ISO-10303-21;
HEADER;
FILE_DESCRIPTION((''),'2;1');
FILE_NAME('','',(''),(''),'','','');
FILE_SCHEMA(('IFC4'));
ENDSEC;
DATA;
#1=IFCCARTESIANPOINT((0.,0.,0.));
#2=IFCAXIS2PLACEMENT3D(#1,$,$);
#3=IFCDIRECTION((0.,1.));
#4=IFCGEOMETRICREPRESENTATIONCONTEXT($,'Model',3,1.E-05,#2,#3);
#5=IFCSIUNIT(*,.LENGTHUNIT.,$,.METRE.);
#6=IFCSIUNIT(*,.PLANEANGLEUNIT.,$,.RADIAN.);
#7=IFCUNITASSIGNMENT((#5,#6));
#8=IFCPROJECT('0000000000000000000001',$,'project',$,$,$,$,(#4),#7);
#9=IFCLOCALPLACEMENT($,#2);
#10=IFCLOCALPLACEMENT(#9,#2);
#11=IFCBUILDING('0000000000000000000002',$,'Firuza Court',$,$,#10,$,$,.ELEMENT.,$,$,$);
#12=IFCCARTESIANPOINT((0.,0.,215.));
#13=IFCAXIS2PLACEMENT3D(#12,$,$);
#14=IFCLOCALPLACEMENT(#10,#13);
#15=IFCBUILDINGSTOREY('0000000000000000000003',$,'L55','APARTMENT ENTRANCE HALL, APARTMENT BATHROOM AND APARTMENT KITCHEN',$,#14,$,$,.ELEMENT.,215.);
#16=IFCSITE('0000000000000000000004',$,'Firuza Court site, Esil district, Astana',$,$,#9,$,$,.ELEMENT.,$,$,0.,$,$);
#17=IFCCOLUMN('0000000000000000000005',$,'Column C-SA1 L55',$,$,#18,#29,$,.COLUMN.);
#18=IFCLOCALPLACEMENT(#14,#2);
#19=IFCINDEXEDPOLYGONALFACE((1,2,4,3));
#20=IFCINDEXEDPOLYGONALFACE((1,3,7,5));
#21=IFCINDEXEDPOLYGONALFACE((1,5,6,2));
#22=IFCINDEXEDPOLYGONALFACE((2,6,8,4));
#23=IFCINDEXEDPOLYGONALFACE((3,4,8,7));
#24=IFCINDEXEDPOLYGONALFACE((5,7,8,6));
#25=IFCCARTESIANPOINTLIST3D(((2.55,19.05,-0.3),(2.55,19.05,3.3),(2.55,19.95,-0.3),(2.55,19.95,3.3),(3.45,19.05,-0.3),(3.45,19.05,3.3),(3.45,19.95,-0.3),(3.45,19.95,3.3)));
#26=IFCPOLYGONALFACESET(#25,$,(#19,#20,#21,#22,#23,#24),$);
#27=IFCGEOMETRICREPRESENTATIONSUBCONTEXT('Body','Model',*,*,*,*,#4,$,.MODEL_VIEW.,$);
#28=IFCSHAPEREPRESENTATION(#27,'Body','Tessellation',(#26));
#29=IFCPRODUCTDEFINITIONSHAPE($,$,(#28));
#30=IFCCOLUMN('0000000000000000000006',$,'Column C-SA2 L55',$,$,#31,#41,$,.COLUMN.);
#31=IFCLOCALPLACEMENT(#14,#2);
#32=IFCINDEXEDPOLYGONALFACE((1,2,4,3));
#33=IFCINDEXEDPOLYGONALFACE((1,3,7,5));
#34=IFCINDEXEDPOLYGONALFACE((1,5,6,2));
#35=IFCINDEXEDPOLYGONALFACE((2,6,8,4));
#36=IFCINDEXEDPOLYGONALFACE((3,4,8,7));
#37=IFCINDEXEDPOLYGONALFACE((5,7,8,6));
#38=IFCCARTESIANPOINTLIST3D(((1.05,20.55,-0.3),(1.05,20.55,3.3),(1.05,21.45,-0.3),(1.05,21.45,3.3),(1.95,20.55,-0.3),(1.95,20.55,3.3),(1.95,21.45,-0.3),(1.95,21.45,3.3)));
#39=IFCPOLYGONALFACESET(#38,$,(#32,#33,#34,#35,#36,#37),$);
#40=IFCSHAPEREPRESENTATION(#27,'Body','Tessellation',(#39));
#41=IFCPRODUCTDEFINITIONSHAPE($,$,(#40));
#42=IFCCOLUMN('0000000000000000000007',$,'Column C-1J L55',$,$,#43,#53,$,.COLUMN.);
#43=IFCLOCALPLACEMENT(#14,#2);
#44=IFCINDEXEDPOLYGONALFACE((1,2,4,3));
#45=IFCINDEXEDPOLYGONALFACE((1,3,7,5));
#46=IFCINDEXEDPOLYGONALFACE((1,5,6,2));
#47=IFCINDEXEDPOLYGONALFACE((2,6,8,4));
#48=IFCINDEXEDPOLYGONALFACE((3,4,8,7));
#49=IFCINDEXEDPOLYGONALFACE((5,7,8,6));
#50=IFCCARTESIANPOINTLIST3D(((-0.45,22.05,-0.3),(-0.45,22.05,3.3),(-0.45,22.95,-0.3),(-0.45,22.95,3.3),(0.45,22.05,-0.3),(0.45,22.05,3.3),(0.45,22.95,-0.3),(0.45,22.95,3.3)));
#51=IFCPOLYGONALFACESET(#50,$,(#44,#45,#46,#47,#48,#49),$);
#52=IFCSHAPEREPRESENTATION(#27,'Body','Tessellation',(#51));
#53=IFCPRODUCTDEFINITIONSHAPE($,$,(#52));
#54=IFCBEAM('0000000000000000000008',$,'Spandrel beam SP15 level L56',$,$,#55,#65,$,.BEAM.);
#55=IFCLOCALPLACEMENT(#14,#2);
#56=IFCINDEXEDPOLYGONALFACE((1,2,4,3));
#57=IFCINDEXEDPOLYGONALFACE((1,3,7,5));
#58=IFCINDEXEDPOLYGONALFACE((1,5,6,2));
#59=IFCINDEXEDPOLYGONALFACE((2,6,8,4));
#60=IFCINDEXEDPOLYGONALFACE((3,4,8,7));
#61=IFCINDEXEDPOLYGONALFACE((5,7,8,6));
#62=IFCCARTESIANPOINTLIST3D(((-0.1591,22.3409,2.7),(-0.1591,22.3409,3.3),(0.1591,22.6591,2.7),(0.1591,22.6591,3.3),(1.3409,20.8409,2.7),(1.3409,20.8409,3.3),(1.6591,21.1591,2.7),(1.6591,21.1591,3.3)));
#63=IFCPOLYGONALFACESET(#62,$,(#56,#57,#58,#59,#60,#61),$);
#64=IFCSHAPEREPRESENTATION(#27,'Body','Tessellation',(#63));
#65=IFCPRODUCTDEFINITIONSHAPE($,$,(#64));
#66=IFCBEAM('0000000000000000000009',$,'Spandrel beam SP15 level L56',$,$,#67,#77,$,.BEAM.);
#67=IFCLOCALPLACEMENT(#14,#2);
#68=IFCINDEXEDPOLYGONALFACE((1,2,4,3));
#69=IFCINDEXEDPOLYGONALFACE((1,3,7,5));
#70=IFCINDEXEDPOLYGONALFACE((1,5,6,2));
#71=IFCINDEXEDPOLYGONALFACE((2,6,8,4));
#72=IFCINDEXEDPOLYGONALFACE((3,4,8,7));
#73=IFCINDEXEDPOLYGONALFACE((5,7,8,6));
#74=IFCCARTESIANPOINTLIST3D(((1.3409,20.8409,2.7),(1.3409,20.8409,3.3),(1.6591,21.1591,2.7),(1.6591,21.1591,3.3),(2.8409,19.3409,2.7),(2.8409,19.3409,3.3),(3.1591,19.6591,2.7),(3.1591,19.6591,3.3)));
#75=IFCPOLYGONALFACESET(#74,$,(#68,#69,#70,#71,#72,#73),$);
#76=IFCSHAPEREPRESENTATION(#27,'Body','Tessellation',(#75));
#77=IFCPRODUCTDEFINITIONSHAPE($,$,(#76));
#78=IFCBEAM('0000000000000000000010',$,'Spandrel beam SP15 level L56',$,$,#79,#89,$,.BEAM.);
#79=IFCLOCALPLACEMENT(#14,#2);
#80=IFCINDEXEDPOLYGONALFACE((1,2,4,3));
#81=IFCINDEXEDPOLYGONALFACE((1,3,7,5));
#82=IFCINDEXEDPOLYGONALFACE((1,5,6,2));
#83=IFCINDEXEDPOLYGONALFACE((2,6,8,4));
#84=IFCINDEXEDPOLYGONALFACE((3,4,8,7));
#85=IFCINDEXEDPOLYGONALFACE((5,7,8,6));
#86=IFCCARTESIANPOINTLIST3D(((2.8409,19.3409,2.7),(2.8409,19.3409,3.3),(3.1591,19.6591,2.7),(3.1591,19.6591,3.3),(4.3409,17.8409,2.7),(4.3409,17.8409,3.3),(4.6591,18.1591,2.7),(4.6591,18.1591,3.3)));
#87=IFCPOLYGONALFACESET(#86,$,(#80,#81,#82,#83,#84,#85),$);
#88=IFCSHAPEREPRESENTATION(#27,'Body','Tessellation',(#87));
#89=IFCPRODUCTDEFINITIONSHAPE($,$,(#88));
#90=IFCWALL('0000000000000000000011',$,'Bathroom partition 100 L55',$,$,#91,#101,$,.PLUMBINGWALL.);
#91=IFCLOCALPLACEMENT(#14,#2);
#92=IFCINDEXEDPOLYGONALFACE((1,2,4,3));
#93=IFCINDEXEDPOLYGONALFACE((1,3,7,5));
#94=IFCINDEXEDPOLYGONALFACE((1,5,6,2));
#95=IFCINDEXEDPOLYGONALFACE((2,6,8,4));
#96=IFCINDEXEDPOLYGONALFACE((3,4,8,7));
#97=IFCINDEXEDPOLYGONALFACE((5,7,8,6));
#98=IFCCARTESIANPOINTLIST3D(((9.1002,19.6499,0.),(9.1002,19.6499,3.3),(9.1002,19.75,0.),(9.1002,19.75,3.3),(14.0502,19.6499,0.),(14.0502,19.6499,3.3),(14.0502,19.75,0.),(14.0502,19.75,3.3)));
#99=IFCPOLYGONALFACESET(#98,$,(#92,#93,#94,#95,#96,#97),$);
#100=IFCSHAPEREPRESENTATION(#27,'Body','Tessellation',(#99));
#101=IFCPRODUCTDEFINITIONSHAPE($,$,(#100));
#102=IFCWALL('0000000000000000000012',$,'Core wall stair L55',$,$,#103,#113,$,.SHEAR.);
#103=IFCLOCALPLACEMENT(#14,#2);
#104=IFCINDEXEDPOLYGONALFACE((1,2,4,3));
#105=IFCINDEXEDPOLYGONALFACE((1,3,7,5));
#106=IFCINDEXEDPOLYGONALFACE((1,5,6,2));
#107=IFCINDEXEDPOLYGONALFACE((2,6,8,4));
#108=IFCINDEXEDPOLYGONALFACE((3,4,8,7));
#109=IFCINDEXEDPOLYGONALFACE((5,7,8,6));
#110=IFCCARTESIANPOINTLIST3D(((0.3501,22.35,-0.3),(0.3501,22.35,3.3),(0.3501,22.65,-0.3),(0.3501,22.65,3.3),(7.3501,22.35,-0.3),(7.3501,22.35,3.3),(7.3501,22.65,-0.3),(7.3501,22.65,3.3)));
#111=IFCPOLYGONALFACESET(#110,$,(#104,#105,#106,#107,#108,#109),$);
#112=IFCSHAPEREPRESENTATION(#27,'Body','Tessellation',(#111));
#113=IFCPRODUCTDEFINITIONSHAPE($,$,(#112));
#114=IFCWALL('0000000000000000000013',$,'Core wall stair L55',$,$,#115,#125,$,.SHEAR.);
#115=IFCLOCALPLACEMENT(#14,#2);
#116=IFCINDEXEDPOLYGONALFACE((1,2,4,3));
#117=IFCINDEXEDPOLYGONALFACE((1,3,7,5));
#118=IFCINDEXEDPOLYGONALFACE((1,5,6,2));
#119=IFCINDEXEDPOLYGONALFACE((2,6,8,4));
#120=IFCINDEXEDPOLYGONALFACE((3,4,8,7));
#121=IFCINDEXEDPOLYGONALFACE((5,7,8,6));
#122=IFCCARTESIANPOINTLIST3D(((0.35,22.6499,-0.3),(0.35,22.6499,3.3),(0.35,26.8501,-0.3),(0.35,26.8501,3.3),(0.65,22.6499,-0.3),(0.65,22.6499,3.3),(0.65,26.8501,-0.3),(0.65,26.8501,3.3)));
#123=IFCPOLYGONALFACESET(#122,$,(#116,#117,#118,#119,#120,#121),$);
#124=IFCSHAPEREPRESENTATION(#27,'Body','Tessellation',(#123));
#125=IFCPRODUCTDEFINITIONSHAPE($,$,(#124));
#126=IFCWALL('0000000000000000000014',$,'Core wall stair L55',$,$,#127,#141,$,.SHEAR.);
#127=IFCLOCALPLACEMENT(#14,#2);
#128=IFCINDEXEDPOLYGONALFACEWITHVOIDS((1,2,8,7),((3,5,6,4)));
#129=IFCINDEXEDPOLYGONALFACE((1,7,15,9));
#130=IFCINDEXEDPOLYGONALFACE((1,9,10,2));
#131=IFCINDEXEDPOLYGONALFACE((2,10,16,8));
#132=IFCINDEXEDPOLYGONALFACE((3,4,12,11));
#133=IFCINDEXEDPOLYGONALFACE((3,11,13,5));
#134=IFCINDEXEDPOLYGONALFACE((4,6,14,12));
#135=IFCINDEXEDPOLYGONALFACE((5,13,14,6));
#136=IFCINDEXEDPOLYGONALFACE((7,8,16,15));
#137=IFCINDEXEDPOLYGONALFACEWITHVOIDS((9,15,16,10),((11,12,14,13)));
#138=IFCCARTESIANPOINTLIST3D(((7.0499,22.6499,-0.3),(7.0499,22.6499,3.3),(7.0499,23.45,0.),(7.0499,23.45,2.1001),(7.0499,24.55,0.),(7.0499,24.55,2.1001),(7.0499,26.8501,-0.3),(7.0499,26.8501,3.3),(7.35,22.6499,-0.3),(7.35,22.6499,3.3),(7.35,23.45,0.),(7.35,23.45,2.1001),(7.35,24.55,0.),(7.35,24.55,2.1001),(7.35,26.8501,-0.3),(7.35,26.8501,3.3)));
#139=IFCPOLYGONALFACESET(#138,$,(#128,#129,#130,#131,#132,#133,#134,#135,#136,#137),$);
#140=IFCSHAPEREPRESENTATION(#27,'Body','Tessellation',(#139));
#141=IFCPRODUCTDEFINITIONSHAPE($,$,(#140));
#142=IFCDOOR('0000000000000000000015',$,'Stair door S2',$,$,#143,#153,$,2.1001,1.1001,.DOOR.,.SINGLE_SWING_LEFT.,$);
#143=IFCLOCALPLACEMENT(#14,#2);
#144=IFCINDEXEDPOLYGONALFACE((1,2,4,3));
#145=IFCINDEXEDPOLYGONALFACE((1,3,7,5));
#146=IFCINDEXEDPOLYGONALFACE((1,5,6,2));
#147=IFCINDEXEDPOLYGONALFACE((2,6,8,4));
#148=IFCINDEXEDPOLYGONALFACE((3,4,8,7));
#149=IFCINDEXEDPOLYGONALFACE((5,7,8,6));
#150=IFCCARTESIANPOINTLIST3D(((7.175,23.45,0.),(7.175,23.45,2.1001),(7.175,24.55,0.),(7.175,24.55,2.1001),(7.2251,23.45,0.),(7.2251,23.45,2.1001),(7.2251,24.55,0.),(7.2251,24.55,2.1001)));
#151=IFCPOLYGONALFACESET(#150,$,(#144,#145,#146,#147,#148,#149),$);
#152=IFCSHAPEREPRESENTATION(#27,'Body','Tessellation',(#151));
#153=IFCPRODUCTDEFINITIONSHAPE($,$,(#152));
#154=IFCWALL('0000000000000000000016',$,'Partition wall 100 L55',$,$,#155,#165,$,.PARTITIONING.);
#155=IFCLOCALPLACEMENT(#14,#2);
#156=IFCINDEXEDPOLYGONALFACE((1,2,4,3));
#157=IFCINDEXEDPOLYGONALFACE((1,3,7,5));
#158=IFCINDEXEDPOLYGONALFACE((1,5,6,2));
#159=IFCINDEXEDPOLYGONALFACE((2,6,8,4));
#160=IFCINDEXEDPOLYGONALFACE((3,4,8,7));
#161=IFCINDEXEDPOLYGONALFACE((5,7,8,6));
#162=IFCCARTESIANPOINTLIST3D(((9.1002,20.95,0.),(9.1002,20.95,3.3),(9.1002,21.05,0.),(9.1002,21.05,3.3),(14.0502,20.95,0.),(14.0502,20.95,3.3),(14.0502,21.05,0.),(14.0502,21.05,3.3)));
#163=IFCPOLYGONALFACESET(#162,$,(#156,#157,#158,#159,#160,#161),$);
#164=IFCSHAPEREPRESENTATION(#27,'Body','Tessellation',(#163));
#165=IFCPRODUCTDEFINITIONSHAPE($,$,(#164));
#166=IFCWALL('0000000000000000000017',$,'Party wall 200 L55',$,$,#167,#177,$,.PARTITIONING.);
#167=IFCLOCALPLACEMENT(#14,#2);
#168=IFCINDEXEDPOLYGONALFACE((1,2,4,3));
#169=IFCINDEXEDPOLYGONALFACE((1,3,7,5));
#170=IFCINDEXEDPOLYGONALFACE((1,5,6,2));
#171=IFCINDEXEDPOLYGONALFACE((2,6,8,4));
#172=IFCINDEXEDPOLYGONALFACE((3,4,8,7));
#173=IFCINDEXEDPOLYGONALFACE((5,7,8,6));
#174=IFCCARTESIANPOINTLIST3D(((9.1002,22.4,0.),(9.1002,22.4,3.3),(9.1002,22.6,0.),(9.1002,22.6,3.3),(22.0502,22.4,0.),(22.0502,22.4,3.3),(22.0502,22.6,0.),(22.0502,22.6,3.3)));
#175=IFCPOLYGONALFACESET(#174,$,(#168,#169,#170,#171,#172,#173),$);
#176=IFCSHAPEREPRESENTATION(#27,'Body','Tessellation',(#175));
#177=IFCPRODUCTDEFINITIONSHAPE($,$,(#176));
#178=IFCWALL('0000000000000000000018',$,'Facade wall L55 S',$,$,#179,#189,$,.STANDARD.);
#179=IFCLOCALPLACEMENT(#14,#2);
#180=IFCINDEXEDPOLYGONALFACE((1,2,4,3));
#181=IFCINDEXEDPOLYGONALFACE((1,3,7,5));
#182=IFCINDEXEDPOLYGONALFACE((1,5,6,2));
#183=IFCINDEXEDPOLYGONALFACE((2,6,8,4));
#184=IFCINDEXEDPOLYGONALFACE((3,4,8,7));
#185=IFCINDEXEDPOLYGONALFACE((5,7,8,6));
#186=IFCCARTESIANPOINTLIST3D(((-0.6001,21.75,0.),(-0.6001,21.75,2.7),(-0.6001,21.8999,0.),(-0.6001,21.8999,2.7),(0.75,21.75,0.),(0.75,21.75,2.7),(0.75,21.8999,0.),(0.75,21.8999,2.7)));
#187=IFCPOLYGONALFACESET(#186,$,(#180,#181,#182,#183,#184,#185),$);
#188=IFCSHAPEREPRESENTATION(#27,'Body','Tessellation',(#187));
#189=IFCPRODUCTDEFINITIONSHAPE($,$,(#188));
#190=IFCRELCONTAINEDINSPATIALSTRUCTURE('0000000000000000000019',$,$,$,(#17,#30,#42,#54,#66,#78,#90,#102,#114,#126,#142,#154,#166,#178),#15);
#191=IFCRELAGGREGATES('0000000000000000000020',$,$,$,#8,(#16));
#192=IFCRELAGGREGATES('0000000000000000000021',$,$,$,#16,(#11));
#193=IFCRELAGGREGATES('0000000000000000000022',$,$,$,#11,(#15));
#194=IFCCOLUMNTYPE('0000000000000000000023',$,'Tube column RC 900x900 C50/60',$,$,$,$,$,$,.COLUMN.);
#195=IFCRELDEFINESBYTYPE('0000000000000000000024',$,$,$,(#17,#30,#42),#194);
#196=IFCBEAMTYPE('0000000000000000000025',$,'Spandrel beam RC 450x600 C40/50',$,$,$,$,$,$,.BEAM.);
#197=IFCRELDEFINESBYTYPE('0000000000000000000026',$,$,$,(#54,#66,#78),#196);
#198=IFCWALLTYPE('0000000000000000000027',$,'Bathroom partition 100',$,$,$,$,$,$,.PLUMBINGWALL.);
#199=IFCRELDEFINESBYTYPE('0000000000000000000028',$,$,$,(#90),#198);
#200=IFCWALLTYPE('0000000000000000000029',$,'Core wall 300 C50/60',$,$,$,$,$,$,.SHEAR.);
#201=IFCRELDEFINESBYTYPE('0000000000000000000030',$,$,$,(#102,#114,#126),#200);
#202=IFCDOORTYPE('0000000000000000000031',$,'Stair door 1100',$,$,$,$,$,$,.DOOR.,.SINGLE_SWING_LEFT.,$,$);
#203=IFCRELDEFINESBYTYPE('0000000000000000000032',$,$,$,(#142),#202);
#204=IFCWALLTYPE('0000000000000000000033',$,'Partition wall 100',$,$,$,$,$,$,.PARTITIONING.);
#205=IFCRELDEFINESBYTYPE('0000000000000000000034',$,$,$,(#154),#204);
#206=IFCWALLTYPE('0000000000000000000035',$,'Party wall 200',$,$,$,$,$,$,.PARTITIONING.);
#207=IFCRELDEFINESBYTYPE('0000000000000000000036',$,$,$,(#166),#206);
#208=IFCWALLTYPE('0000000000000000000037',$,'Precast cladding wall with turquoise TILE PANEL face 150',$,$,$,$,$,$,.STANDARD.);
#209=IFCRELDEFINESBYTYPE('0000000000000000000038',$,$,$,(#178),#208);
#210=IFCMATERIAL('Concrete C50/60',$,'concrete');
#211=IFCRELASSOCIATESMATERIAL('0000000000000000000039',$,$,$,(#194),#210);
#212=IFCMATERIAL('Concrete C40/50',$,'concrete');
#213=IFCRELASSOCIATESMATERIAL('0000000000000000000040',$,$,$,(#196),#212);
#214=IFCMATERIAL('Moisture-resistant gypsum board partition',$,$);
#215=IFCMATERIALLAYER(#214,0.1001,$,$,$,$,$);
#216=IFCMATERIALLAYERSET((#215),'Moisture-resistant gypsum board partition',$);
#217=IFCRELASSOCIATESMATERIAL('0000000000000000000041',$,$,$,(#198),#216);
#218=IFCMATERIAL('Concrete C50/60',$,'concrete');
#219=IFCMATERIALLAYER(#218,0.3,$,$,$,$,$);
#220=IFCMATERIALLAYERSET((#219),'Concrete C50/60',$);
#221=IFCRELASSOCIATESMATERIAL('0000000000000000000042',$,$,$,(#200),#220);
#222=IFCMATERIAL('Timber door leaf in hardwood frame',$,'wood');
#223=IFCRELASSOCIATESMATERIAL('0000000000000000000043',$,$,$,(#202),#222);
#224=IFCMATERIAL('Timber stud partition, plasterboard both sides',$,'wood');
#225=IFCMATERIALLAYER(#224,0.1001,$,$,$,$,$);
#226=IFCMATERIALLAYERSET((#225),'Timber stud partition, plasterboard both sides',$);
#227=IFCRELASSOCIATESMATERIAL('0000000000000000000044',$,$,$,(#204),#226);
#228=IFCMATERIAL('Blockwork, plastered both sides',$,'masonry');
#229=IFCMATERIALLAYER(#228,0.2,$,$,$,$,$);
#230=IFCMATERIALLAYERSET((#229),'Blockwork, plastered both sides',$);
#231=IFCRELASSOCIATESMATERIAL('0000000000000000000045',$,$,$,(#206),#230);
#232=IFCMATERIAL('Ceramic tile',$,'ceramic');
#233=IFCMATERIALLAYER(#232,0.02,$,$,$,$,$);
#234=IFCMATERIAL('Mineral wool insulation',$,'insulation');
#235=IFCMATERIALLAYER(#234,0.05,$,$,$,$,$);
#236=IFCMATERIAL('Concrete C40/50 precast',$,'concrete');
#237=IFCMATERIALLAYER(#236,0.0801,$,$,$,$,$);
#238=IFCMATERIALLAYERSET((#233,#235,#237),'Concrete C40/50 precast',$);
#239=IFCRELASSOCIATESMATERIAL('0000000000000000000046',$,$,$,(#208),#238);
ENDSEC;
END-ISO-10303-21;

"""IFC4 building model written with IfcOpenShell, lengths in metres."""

from ifc_helpers import new_model, si_unit, direction, frame, frame_2d, origin, origin_2d, place, context, subcontext, project, spatial, rectangle, extrude, material, layer, layer_set, material_profile, profile_set, type_object, element, fill, save


model = new_model("IFC4")

# Units and contexts
model_context = context("Model", 3, precision=1e-05, world=origin(), true_north=direction((0.0, 1.0)))
body_context = subcontext(model_context, "Body", "Model", "MODEL_VIEW")
ifc_project = project(units=[si_unit("LENGTHUNIT", "METRE"), si_unit("PLANEANGLEUNIT", "RADIAN")], contexts=[model_context])

# Site, building, storey
site_placement = place(None, origin())
site = spatial("IfcSite", under=ifc_project, at=site_placement, Name="Firuza Court site, Esil district, Astana", CompositionType="ELEMENT", RefElevation=0.0)
building_placement = place(site_placement, origin())
building = spatial("IfcBuilding", under=site, at=building_placement, Name="Firuza Court", CompositionType="ELEMENT")
storey_placement = place(building_placement, frame((0.0, 0.0, 215.0)))
storey = spatial("IfcBuildingStorey", under=building, at=storey_placement, Name="L55", Description="APARTMENT ENTRANCE HALL, APARTMENT BATHROOM AND APARTMENT KITCHEN", CompositionType="ELEMENT", Elevation=215.0)

# Columns
ifc_material_1 = material(Name="Concrete C50/60", Category="concrete")
ifc_material_profile_1 = material_profile(ifc_material_1, rectangle(XDim=0.8999, YDim=0.8999, at=origin_2d()), Name="RC 900x900")
ifc_profile_set_1 = profile_set([ifc_material_profile_1], Name="Concrete C50/60")
column_type = type_object("IfcColumnType", Name="Tube column RC 900x900 C50/60", PredefinedType="COLUMN", material=ifc_profile_set_1)
for number, where, z_axis, x_axis, name in (
    (1, (3.0, 19.5, -0.3), (0.0, 0.0, 1.0), (1.0, 0.0, 0.0), "Column C-SA1 L55"),
    (2, (1.5, 21.0, -0.3), (0.0, 0.0, 1.0), (1.0, 0.0, 0.0), "Column C-SA2 L55"),
    (3, (0.0, 22.5, -0.3), (0.0, 0.0, 1.0), (1.0, 0.0, 0.0), "Column C-1J L55"),
):
    element("IfcColumn", number, at=place(storey_placement, frame(where, z_axis=z_axis, x_axis=x_axis)), inside=storey, type_object=column_type, Name=name, PredefinedType="COLUMN", context=body_context, shape_type="SweptSolid", body=[
        extrude(rectangle(XDim=0.8999, YDim=0.8999, at=origin_2d()), origin(), (0.0, 0.0, 1.0), 3.6001),
    ])

# Beams
ifc_material_2 = material(Name="Concrete C40/50", Category="concrete")
ifc_material_profile_2 = material_profile(ifc_material_2, rectangle(XDim=0.45, YDim=0.6001, at=origin_2d()), Name="RC 450x600")
ifc_profile_set_2 = profile_set([ifc_material_profile_2], Name="Concrete C40/50")
beam_type = type_object("IfcBeamType", Name="Spandrel beam RC 450x600 C40/50", PredefinedType="BEAM", material=ifc_profile_set_2)
for number, where, z_axis, x_axis, name in (
    (4, (0.0, 22.5, 3.0), (0.707107, -0.707107, 0.0), (0.707107, 0.707107, 0.0), "Spandrel beam SP15 level L56"),
    (5, (1.5, 21.0, 3.0), (0.707107, -0.707107, 0.0), (0.707107, 0.707107, 0.0), "Spandrel beam SP15 level L56"),
    (6, (3.0, 19.5, 3.0), (0.707107, -0.707107, 0.0), (0.707107, 0.707107, 0.0), "Spandrel beam SP15 level L56"),
):
    element("IfcBeam", number, at=place(storey_placement, frame(where, z_axis=z_axis, x_axis=x_axis)), inside=storey, type_object=beam_type, Name=name, PredefinedType="BEAM", context=body_context, shape_type="SweptSolid", body=[
        extrude(rectangle(XDim=0.45, YDim=0.6001, at=origin_2d()), origin(), (0.0, 0.0, 1.0), 2.1213),
    ])

# Walls
ifc_material_3 = material(Name="Moisture-resistant gypsum board partition")
ifc_layer_1 = layer(ifc_material_3, 0.1001)
ifc_layer_set_1 = layer_set([ifc_layer_1], Name="Moisture-resistant gypsum board partition")
wall_type_1 = type_object("IfcWallType", Name="Bathroom partition 100", PredefinedType="PLUMBINGWALL", material=ifc_layer_set_1)
wall_1_placement = place(storey_placement, frame((9.1001, 19.7, 0.0), z_axis=(0.0, 0.0, 1.0), x_axis=(1.0, 0.0, 0.0)))
element("IfcWall", 7, at=wall_1_placement, inside=storey, type_object=wall_type_1, Name="Bathroom partition 100 L55", PredefinedType="PLUMBINGWALL", context=body_context, shape_type="SweptSolid", body=[
    extrude(rectangle(XDim=4.95, YDim=0.1001, at=frame_2d((2.4751, 0.0))), origin(), (0.0, 0.0, 1.0), 3.3),
])
ifc_material_4 = material(Name="Concrete C50/60", Category="concrete")
ifc_layer_2 = layer(ifc_material_4, 0.3)
ifc_layer_set_2 = layer_set([ifc_layer_2], Name="Concrete C50/60")
wall_type_2 = type_object("IfcWallType", Name="Core wall 300 C50/60", PredefinedType="SHEAR", material=ifc_layer_set_2)
wall_2_placement = place(storey_placement, frame((0.3501, 22.5, -0.3), z_axis=(0.0, 0.0, 1.0), x_axis=(1.0, 0.0, 0.0)))
element("IfcWall", 8, at=wall_2_placement, inside=storey, type_object=wall_type_2, Name="Core wall stair L55", PredefinedType="SHEAR", context=body_context, shape_type="SweptSolid", body=[
    extrude(rectangle(XDim=7.0, YDim=0.3, at=frame_2d((3.5, 0.0))), origin(), (0.0, 0.0, 1.0), 3.6001),
])
wall_3_placement = place(storey_placement, frame((0.5, 22.6499, -0.3), z_axis=(0.0, 0.0, 1.0), x_axis=(0.0, 1.0, 0.0)))
element("IfcWall", 9, at=wall_3_placement, inside=storey, type_object=wall_type_2, Name="Core wall stair L55", PredefinedType="SHEAR", context=body_context, shape_type="SweptSolid", body=[
    extrude(rectangle(XDim=4.2002, YDim=0.3, at=frame_2d((2.1001, 0.0))), origin(), (0.0, 0.0, 1.0), 3.6001),
])

# Wall, opening, door
wall_4_placement = place(storey_placement, frame((7.2, 22.6499, -0.3), z_axis=(0.0, 0.0, 1.0), x_axis=(0.0, 1.0, 0.0)))
wall_4 = element("IfcWall", 10, at=wall_4_placement, inside=storey, type_object=wall_type_2, Name="Core wall stair L55", PredefinedType="SHEAR", context=body_context, shape_type="SweptSolid", body=[
    extrude(rectangle(XDim=4.2002, YDim=0.3, at=frame_2d((2.1001, 0.0))), origin(), (0.0, 0.0, 1.0), 3.6001),
])
opening_placement = place(wall_4_placement, frame((0.8, 0.0, 0.3)))
opening = element("IfcOpeningElement", 11, at=opening_placement, cuts=wall_4, PredefinedType="OPENING", context=body_context, shape_type="SweptSolid", body=[
    extrude(rectangle(XDim=1.1001, YDim=2.1001, at=frame_2d((0.55, 1.05))), frame((0.0, 0.1621, 0.0), z_axis=(0.0, -1.0, 0.0), x_axis=(1.0, 0.0, 0.0)), (0.0, 0.0, 1.0), 0.324),
])
ifc_material_5 = material(Name="Timber door leaf in hardwood frame", Category="wood")
door_type = type_object("IfcDoorType", Name="Stair door 1100", OperationType="SINGLE_SWING_LEFT", PredefinedType="DOOR", material=ifc_material_5)
door_placement = place(opening_placement, origin())
door = element("IfcDoor", 12, at=door_placement, inside=storey, type_object=door_type, Name="Stair door S2", OperationType="SINGLE_SWING_LEFT", OverallHeight=2.1001, OverallWidth=1.1001, PredefinedType="DOOR", context=body_context, shape_type="SweptSolid", body=[
    extrude(rectangle(XDim=1.1001, YDim=2.1001, at=frame_2d((0.55, 1.05))), frame((0.0, 0.0249, 0.0), z_axis=(0.0, -1.0, 0.0), x_axis=(1.0, 0.0, 0.0)), (0.0, 0.0, 1.0), 0.05),
])
fill(opening, door)

# Walls
ifc_material_6 = material(Name="Timber stud partition, plasterboard both sides", Category="wood")
ifc_layer_3 = layer(ifc_material_6, 0.1001)
ifc_layer_set_3 = layer_set([ifc_layer_3], Name="Timber stud partition, plasterboard both sides")
wall_type_3 = type_object("IfcWallType", Name="Partition wall 100", PredefinedType="PARTITIONING", material=ifc_layer_set_3)
wall_5_placement = place(storey_placement, frame((9.1001, 21.0, 0.0), z_axis=(0.0, 0.0, 1.0), x_axis=(1.0, 0.0, 0.0)))
element("IfcWall", 13, at=wall_5_placement, inside=storey, type_object=wall_type_3, Name="Partition wall 100 L55", PredefinedType="PARTITIONING", context=body_context, shape_type="SweptSolid", body=[
    extrude(rectangle(XDim=4.95, YDim=0.1001, at=frame_2d((2.4751, 0.0))), origin(), (0.0, 0.0, 1.0), 3.3),
])
ifc_material_7 = material(Name="Blockwork, plastered both sides", Category="masonry")
ifc_layer_4 = layer(ifc_material_7, 0.2)
ifc_layer_set_4 = layer_set([ifc_layer_4], Name="Blockwork, plastered both sides")
wall_type_4 = type_object("IfcWallType", Name="Party wall 200", PredefinedType="PARTITIONING", material=ifc_layer_set_4)
wall_6_placement = place(storey_placement, frame((9.1001, 22.5, 0.0), z_axis=(0.0, 0.0, 1.0), x_axis=(1.0, 0.0, 0.0)))
element("IfcWall", 14, at=wall_6_placement, inside=storey, type_object=wall_type_4, Name="Party wall 200 L55", PredefinedType="PARTITIONING", context=body_context, shape_type="SweptSolid", body=[
    extrude(rectangle(XDim=12.95, YDim=0.2, at=frame_2d((6.4751, 0.0))), origin(), (0.0, 0.0, 1.0), 3.3),
])
ifc_material_8 = material(Name="Ceramic tile", Category="ceramic")
ifc_layer_5 = layer(ifc_material_8, 0.02)
ifc_material_9 = material(Name="Mineral wool insulation", Category="insulation")
ifc_layer_6 = layer(ifc_material_9, 0.05)
ifc_material_10 = material(Name="Concrete C40/50 precast", Category="concrete")
ifc_layer_7 = layer(ifc_material_10, 0.0801)
ifc_layer_set_5 = layer_set([ifc_layer_5, ifc_layer_6, ifc_layer_7], Name="Concrete C40/50 precast")
wall_type_5 = type_object("IfcWallType", Name="Precast cladding wall with turquoise TILE PANEL face 150", PredefinedType="STANDARD", material=ifc_layer_set_5)
wall_7_placement = place(storey_placement, frame((-0.6001, 21.825, 0.0), z_axis=(0.0, 0.0, 1.0), x_axis=(1.0, 0.0, 0.0)))
element("IfcWall", 15, at=wall_7_placement, inside=storey, type_object=wall_type_5, Name="Facade wall L55 S", PredefinedType="STANDARD", context=body_context, shape_type="SweptSolid", body=[
    extrude(rectangle(XDim=1.3501, YDim=0.1499, at=frame_2d((0.675, 0.0))), origin(), (0.0, 0.0, 1.0), 2.7),
])

save(model, "model.ifc")
